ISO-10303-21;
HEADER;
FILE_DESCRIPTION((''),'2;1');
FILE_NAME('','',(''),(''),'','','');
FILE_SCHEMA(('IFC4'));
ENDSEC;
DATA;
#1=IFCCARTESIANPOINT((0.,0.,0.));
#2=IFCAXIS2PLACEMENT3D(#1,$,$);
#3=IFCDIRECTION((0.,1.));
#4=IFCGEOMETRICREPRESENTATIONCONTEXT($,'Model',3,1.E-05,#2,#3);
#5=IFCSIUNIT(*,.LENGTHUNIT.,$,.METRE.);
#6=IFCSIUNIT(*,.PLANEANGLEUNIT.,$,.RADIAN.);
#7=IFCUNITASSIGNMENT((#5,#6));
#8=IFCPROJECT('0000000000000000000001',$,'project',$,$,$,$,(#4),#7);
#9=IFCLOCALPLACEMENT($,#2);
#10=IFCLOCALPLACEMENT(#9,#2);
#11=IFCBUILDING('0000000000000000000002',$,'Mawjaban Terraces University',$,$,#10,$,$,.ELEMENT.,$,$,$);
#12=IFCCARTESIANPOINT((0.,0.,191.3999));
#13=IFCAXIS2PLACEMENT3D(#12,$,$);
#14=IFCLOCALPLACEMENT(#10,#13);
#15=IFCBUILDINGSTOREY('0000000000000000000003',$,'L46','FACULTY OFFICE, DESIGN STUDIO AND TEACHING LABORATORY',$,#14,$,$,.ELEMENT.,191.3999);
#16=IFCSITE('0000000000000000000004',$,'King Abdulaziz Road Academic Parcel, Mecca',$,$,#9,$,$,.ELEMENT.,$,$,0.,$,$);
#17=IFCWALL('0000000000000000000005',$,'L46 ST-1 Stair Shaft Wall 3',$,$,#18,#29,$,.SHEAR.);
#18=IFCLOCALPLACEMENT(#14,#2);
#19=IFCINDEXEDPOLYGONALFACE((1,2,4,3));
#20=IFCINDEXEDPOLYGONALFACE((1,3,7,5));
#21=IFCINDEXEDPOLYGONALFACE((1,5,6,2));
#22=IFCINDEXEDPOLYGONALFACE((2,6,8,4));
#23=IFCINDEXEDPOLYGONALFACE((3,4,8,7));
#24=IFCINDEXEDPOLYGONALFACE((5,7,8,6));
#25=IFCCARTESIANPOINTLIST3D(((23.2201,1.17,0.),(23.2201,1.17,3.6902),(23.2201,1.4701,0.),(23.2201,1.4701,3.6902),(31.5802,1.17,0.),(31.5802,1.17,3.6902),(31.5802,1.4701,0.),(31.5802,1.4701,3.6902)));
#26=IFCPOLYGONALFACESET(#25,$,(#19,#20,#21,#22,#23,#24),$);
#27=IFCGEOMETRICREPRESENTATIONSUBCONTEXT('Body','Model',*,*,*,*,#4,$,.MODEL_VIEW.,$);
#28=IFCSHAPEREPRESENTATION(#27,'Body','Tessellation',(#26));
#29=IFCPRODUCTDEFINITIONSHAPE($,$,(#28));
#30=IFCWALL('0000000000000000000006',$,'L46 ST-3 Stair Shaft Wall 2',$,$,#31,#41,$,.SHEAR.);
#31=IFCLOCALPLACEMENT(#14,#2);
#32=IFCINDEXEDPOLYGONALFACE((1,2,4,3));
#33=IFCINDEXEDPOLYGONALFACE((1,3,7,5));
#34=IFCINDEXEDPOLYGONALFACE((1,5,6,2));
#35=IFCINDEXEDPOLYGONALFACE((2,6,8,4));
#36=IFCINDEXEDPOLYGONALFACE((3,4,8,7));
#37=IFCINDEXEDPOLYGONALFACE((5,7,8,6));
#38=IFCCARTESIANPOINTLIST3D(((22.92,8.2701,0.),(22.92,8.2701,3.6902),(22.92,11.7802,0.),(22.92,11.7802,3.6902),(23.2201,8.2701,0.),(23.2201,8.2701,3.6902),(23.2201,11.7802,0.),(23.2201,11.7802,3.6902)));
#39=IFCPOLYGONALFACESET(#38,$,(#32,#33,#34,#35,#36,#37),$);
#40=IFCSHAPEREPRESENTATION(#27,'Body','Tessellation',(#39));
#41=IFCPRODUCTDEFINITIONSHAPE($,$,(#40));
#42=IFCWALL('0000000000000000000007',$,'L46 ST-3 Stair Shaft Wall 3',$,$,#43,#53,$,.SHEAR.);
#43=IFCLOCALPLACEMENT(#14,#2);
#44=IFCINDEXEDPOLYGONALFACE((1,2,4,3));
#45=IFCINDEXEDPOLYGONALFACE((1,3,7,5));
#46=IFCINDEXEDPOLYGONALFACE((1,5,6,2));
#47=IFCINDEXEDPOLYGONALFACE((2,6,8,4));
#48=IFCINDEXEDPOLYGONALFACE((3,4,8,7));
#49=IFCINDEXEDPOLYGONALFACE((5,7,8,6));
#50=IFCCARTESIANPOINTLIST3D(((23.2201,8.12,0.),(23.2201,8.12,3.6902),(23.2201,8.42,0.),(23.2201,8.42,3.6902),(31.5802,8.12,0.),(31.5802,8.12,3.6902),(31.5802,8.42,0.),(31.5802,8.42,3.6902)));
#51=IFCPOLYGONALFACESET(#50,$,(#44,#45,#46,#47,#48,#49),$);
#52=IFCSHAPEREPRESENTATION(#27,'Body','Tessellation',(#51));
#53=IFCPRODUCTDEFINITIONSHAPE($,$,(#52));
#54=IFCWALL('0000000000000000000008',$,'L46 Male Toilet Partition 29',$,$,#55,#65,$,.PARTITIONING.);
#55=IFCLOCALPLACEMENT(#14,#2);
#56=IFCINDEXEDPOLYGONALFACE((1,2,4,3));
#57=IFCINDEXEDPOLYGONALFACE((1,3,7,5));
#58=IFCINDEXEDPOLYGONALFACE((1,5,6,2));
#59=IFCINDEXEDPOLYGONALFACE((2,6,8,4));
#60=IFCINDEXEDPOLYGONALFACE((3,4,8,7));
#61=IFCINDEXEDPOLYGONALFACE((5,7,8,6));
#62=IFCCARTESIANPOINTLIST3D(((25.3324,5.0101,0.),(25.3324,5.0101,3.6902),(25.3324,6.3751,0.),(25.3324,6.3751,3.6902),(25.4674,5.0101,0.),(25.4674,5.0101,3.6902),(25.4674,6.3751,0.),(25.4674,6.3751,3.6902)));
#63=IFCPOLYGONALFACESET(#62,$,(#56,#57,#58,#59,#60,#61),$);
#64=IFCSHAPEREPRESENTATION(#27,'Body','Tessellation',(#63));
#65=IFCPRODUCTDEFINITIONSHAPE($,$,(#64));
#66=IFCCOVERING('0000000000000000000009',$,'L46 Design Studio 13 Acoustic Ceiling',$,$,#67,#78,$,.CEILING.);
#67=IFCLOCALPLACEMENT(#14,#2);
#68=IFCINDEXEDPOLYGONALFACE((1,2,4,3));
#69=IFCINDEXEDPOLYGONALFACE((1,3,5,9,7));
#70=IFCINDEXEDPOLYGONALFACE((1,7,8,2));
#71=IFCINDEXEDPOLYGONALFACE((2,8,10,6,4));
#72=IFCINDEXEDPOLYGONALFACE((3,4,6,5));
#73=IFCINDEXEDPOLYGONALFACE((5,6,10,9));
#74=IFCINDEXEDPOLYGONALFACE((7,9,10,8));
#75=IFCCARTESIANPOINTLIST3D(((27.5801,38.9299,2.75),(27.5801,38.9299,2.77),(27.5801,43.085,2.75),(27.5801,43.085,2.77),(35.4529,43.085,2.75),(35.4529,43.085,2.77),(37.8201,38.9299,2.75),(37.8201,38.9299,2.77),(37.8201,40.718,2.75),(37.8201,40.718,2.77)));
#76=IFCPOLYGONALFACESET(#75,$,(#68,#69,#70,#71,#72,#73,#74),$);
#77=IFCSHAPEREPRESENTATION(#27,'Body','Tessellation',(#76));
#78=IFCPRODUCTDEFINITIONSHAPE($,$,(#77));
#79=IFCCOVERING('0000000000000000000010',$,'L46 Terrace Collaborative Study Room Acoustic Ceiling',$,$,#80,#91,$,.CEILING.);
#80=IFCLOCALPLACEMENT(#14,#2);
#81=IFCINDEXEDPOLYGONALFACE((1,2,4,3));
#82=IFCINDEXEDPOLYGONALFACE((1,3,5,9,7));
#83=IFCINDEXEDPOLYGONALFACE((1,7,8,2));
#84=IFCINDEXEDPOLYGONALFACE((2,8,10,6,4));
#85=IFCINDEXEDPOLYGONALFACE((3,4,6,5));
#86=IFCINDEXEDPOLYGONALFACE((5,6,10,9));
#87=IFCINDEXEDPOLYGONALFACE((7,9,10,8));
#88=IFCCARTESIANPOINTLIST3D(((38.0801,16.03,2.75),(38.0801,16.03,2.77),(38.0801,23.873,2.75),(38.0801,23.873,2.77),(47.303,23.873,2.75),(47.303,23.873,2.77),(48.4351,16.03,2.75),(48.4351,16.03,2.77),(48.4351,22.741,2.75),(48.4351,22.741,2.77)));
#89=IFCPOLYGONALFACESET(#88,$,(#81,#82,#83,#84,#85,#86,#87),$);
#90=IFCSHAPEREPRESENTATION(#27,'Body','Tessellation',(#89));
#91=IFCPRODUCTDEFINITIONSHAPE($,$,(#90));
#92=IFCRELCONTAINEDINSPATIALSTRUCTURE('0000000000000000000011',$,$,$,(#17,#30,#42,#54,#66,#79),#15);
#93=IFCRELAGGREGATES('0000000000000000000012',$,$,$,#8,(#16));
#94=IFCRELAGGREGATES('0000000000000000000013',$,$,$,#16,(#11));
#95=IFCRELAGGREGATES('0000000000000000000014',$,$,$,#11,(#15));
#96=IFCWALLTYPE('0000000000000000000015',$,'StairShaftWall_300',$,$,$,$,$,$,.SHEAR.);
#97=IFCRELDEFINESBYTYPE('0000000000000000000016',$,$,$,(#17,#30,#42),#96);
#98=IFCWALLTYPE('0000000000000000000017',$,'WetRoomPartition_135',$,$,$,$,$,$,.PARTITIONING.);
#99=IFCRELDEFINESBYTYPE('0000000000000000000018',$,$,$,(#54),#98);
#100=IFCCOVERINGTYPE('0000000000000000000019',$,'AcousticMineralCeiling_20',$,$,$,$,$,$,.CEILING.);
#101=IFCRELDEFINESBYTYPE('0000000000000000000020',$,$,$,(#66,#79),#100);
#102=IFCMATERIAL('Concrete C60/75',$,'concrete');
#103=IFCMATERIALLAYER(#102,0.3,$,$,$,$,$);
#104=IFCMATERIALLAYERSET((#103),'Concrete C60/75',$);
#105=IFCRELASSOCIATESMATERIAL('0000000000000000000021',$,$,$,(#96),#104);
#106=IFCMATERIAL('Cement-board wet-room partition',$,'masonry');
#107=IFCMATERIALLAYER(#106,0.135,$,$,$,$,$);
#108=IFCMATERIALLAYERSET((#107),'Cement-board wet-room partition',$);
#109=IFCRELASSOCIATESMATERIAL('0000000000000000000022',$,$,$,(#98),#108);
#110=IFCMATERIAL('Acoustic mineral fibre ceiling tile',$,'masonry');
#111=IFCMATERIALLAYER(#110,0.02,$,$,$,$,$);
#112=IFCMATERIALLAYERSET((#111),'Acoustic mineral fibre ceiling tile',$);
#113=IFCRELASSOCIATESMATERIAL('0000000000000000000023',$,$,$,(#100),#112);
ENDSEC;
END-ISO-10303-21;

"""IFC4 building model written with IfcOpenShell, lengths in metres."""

from ifc_helpers import new_model, si_unit, direction, frame, frame_2d, origin, place, context, subcontext, project, spatial, polyline, rectangle, outline, extrude, material, layer, layer_set, type_object, element, save


model = new_model("IFC4")

# Units and contexts
model_context = context("Model", 3, precision=1e-05, world=origin(), true_north=direction((0.0, 1.0)))
body_context = subcontext(model_context, "Body", "Model", "MODEL_VIEW")
ifc_project = project(units=[si_unit("LENGTHUNIT", "METRE"), si_unit("PLANEANGLEUNIT", "RADIAN")], contexts=[model_context])

# Site, building, storey
site_placement = place(None, origin())
site = spatial("IfcSite", under=ifc_project, at=site_placement, Name="King Abdulaziz Road Academic Parcel, Mecca", CompositionType="ELEMENT", RefElevation=0.0)
building_placement = place(site_placement, origin())
building = spatial("IfcBuilding", under=site, at=building_placement, Name="Mawjaban Terraces University", CompositionType="ELEMENT")
storey_placement = place(building_placement, frame((0.0, 0.0, 191.3999)))
storey = spatial("IfcBuildingStorey", under=building, at=storey_placement, Name="L46", Description="FACULTY OFFICE, DESIGN STUDIO AND TEACHING LABORATORY", CompositionType="ELEMENT", Elevation=191.3999)

# Shared definitions
ifc_material_1 = material(Name="Concrete C60/75", Category="concrete")

# Walls
ifc_layer_1 = layer(ifc_material_1, 0.3)
ifc_layer_set_1 = layer_set([ifc_layer_1], Name="Concrete C60/75")
wall_type_1 = type_object("IfcWallType", Name="StairShaftWall_300", PredefinedType="SHEAR", material=ifc_layer_set_1)
wall_1_placement = place(storey_placement, frame((23.22, 1.3201, 0.0), z_axis=(0.0, 0.0, 1.0), x_axis=(1.0, 0.0, 0.0)))
element("IfcWall", 1, at=wall_1_placement, inside=storey, type_object=wall_type_1, Name="L46 ST-1 Stair Shaft Wall 3", PredefinedType="SHEAR", context=body_context, shape_type="SweptSolid", body=[
    extrude(rectangle(XDim=8.3601, YDim=0.3, at=frame_2d((4.1802, 0.0))), origin(), (0.0, 0.0, 1.0), 3.6902),
])
wall_2_placement = place(storey_placement, frame((23.0701, 11.78, 0.0), z_axis=(0.0, 0.0, 1.0), x_axis=(0.0, -1.0, 0.0)))
element("IfcWall", 2, at=wall_2_placement, inside=storey, type_object=wall_type_1, Name="L46 ST-3 Stair Shaft Wall 2", PredefinedType="SHEAR", context=body_context, shape_type="SweptSolid", body=[
    extrude(rectangle(XDim=3.51, YDim=0.3, at=frame_2d((1.7549, 0.0))), origin(), (0.0, 0.0, 1.0), 3.6902),
])
wall_3_placement = place(storey_placement, frame((23.22, 8.27, 0.0), z_axis=(0.0, 0.0, 1.0), x_axis=(1.0, 0.0, 0.0)))
element("IfcWall", 3, at=wall_3_placement, inside=storey, type_object=wall_type_1, Name="L46 ST-3 Stair Shaft Wall 3", PredefinedType="SHEAR", context=body_context, shape_type="SweptSolid", body=[
    extrude(rectangle(XDim=8.3601, YDim=0.3, at=frame_2d((4.1802, 0.0))), origin(), (0.0, 0.0, 1.0), 3.6902),
])
ifc_material_2 = material(Name="Cement-board wet-room partition", Category="masonry")
ifc_layer_2 = layer(ifc_material_2, 0.135)
ifc_layer_set_2 = layer_set([ifc_layer_2], Name="Cement-board wet-room partition")
wall_type_2 = type_object("IfcWallType", Name="WetRoomPartition_135", PredefinedType="PARTITIONING", material=ifc_layer_set_2)
wall_4_placement = place(storey_placement, frame((25.3999, 5.01, 0.0), z_axis=(0.0, 0.0, 1.0), x_axis=(0.0, 1.0, 0.0)))
element("IfcWall", 4, at=wall_4_placement, inside=storey, type_object=wall_type_2, Name="L46 Male Toilet Partition 29", PredefinedType="PARTITIONING", context=body_context, shape_type="SweptSolid", body=[
    extrude(rectangle(XDim=1.365, YDim=0.135, at=frame_2d((0.6826, 0.0))), origin(), (0.0, 0.0, 1.0), 3.6902),
])

# Coverings
ifc_material_3 = material(Name="Acoustic mineral fibre ceiling tile", Category="masonry")
ifc_layer_3 = layer(ifc_material_3, 0.02)
ifc_layer_set_3 = layer_set([ifc_layer_3], Name="Acoustic mineral fibre ceiling tile")
covering_type = type_object("IfcCoveringType", Name="AcousticMineralCeiling_20", PredefinedType="CEILING", material=ifc_layer_set_3)
covering_1_placement = place(storey_placement, frame((0.0, 0.0, 2.75)))
element("IfcCovering", 5, at=covering_1_placement, inside=storey, type_object=covering_type, Name="L46 Design Studio 13 Acoustic Ceiling", PredefinedType="CEILING", context=body_context, shape_type="SweptSolid", body=[
    extrude(outline(polyline([(37.8201, 40.718), (35.4529, 43.085), (27.5801, 43.085), (27.5801, 38.9299), (37.8201, 38.9299), (37.8201, 40.718)])), origin(), (0.0, 0.0, 1.0), 0.02),
])
covering_2_placement = place(storey_placement, frame((0.0, 0.0, 2.75)))
element("IfcCovering", 6, at=covering_2_placement, inside=storey, type_object=covering_type, Name="L46 Terrace Collaborative Study Room Acoustic Ceiling", PredefinedType="CEILING", context=body_context, shape_type="SweptSolid", body=[
    extrude(outline(polyline([(48.4351, 16.03), (48.4351, 22.741), (47.303, 23.873), (38.0801, 23.873), (38.0801, 16.03), (48.4351, 16.03)])), origin(), (0.0, 0.0, 1.0), 0.02),
])

save(model, "model.ifc")
